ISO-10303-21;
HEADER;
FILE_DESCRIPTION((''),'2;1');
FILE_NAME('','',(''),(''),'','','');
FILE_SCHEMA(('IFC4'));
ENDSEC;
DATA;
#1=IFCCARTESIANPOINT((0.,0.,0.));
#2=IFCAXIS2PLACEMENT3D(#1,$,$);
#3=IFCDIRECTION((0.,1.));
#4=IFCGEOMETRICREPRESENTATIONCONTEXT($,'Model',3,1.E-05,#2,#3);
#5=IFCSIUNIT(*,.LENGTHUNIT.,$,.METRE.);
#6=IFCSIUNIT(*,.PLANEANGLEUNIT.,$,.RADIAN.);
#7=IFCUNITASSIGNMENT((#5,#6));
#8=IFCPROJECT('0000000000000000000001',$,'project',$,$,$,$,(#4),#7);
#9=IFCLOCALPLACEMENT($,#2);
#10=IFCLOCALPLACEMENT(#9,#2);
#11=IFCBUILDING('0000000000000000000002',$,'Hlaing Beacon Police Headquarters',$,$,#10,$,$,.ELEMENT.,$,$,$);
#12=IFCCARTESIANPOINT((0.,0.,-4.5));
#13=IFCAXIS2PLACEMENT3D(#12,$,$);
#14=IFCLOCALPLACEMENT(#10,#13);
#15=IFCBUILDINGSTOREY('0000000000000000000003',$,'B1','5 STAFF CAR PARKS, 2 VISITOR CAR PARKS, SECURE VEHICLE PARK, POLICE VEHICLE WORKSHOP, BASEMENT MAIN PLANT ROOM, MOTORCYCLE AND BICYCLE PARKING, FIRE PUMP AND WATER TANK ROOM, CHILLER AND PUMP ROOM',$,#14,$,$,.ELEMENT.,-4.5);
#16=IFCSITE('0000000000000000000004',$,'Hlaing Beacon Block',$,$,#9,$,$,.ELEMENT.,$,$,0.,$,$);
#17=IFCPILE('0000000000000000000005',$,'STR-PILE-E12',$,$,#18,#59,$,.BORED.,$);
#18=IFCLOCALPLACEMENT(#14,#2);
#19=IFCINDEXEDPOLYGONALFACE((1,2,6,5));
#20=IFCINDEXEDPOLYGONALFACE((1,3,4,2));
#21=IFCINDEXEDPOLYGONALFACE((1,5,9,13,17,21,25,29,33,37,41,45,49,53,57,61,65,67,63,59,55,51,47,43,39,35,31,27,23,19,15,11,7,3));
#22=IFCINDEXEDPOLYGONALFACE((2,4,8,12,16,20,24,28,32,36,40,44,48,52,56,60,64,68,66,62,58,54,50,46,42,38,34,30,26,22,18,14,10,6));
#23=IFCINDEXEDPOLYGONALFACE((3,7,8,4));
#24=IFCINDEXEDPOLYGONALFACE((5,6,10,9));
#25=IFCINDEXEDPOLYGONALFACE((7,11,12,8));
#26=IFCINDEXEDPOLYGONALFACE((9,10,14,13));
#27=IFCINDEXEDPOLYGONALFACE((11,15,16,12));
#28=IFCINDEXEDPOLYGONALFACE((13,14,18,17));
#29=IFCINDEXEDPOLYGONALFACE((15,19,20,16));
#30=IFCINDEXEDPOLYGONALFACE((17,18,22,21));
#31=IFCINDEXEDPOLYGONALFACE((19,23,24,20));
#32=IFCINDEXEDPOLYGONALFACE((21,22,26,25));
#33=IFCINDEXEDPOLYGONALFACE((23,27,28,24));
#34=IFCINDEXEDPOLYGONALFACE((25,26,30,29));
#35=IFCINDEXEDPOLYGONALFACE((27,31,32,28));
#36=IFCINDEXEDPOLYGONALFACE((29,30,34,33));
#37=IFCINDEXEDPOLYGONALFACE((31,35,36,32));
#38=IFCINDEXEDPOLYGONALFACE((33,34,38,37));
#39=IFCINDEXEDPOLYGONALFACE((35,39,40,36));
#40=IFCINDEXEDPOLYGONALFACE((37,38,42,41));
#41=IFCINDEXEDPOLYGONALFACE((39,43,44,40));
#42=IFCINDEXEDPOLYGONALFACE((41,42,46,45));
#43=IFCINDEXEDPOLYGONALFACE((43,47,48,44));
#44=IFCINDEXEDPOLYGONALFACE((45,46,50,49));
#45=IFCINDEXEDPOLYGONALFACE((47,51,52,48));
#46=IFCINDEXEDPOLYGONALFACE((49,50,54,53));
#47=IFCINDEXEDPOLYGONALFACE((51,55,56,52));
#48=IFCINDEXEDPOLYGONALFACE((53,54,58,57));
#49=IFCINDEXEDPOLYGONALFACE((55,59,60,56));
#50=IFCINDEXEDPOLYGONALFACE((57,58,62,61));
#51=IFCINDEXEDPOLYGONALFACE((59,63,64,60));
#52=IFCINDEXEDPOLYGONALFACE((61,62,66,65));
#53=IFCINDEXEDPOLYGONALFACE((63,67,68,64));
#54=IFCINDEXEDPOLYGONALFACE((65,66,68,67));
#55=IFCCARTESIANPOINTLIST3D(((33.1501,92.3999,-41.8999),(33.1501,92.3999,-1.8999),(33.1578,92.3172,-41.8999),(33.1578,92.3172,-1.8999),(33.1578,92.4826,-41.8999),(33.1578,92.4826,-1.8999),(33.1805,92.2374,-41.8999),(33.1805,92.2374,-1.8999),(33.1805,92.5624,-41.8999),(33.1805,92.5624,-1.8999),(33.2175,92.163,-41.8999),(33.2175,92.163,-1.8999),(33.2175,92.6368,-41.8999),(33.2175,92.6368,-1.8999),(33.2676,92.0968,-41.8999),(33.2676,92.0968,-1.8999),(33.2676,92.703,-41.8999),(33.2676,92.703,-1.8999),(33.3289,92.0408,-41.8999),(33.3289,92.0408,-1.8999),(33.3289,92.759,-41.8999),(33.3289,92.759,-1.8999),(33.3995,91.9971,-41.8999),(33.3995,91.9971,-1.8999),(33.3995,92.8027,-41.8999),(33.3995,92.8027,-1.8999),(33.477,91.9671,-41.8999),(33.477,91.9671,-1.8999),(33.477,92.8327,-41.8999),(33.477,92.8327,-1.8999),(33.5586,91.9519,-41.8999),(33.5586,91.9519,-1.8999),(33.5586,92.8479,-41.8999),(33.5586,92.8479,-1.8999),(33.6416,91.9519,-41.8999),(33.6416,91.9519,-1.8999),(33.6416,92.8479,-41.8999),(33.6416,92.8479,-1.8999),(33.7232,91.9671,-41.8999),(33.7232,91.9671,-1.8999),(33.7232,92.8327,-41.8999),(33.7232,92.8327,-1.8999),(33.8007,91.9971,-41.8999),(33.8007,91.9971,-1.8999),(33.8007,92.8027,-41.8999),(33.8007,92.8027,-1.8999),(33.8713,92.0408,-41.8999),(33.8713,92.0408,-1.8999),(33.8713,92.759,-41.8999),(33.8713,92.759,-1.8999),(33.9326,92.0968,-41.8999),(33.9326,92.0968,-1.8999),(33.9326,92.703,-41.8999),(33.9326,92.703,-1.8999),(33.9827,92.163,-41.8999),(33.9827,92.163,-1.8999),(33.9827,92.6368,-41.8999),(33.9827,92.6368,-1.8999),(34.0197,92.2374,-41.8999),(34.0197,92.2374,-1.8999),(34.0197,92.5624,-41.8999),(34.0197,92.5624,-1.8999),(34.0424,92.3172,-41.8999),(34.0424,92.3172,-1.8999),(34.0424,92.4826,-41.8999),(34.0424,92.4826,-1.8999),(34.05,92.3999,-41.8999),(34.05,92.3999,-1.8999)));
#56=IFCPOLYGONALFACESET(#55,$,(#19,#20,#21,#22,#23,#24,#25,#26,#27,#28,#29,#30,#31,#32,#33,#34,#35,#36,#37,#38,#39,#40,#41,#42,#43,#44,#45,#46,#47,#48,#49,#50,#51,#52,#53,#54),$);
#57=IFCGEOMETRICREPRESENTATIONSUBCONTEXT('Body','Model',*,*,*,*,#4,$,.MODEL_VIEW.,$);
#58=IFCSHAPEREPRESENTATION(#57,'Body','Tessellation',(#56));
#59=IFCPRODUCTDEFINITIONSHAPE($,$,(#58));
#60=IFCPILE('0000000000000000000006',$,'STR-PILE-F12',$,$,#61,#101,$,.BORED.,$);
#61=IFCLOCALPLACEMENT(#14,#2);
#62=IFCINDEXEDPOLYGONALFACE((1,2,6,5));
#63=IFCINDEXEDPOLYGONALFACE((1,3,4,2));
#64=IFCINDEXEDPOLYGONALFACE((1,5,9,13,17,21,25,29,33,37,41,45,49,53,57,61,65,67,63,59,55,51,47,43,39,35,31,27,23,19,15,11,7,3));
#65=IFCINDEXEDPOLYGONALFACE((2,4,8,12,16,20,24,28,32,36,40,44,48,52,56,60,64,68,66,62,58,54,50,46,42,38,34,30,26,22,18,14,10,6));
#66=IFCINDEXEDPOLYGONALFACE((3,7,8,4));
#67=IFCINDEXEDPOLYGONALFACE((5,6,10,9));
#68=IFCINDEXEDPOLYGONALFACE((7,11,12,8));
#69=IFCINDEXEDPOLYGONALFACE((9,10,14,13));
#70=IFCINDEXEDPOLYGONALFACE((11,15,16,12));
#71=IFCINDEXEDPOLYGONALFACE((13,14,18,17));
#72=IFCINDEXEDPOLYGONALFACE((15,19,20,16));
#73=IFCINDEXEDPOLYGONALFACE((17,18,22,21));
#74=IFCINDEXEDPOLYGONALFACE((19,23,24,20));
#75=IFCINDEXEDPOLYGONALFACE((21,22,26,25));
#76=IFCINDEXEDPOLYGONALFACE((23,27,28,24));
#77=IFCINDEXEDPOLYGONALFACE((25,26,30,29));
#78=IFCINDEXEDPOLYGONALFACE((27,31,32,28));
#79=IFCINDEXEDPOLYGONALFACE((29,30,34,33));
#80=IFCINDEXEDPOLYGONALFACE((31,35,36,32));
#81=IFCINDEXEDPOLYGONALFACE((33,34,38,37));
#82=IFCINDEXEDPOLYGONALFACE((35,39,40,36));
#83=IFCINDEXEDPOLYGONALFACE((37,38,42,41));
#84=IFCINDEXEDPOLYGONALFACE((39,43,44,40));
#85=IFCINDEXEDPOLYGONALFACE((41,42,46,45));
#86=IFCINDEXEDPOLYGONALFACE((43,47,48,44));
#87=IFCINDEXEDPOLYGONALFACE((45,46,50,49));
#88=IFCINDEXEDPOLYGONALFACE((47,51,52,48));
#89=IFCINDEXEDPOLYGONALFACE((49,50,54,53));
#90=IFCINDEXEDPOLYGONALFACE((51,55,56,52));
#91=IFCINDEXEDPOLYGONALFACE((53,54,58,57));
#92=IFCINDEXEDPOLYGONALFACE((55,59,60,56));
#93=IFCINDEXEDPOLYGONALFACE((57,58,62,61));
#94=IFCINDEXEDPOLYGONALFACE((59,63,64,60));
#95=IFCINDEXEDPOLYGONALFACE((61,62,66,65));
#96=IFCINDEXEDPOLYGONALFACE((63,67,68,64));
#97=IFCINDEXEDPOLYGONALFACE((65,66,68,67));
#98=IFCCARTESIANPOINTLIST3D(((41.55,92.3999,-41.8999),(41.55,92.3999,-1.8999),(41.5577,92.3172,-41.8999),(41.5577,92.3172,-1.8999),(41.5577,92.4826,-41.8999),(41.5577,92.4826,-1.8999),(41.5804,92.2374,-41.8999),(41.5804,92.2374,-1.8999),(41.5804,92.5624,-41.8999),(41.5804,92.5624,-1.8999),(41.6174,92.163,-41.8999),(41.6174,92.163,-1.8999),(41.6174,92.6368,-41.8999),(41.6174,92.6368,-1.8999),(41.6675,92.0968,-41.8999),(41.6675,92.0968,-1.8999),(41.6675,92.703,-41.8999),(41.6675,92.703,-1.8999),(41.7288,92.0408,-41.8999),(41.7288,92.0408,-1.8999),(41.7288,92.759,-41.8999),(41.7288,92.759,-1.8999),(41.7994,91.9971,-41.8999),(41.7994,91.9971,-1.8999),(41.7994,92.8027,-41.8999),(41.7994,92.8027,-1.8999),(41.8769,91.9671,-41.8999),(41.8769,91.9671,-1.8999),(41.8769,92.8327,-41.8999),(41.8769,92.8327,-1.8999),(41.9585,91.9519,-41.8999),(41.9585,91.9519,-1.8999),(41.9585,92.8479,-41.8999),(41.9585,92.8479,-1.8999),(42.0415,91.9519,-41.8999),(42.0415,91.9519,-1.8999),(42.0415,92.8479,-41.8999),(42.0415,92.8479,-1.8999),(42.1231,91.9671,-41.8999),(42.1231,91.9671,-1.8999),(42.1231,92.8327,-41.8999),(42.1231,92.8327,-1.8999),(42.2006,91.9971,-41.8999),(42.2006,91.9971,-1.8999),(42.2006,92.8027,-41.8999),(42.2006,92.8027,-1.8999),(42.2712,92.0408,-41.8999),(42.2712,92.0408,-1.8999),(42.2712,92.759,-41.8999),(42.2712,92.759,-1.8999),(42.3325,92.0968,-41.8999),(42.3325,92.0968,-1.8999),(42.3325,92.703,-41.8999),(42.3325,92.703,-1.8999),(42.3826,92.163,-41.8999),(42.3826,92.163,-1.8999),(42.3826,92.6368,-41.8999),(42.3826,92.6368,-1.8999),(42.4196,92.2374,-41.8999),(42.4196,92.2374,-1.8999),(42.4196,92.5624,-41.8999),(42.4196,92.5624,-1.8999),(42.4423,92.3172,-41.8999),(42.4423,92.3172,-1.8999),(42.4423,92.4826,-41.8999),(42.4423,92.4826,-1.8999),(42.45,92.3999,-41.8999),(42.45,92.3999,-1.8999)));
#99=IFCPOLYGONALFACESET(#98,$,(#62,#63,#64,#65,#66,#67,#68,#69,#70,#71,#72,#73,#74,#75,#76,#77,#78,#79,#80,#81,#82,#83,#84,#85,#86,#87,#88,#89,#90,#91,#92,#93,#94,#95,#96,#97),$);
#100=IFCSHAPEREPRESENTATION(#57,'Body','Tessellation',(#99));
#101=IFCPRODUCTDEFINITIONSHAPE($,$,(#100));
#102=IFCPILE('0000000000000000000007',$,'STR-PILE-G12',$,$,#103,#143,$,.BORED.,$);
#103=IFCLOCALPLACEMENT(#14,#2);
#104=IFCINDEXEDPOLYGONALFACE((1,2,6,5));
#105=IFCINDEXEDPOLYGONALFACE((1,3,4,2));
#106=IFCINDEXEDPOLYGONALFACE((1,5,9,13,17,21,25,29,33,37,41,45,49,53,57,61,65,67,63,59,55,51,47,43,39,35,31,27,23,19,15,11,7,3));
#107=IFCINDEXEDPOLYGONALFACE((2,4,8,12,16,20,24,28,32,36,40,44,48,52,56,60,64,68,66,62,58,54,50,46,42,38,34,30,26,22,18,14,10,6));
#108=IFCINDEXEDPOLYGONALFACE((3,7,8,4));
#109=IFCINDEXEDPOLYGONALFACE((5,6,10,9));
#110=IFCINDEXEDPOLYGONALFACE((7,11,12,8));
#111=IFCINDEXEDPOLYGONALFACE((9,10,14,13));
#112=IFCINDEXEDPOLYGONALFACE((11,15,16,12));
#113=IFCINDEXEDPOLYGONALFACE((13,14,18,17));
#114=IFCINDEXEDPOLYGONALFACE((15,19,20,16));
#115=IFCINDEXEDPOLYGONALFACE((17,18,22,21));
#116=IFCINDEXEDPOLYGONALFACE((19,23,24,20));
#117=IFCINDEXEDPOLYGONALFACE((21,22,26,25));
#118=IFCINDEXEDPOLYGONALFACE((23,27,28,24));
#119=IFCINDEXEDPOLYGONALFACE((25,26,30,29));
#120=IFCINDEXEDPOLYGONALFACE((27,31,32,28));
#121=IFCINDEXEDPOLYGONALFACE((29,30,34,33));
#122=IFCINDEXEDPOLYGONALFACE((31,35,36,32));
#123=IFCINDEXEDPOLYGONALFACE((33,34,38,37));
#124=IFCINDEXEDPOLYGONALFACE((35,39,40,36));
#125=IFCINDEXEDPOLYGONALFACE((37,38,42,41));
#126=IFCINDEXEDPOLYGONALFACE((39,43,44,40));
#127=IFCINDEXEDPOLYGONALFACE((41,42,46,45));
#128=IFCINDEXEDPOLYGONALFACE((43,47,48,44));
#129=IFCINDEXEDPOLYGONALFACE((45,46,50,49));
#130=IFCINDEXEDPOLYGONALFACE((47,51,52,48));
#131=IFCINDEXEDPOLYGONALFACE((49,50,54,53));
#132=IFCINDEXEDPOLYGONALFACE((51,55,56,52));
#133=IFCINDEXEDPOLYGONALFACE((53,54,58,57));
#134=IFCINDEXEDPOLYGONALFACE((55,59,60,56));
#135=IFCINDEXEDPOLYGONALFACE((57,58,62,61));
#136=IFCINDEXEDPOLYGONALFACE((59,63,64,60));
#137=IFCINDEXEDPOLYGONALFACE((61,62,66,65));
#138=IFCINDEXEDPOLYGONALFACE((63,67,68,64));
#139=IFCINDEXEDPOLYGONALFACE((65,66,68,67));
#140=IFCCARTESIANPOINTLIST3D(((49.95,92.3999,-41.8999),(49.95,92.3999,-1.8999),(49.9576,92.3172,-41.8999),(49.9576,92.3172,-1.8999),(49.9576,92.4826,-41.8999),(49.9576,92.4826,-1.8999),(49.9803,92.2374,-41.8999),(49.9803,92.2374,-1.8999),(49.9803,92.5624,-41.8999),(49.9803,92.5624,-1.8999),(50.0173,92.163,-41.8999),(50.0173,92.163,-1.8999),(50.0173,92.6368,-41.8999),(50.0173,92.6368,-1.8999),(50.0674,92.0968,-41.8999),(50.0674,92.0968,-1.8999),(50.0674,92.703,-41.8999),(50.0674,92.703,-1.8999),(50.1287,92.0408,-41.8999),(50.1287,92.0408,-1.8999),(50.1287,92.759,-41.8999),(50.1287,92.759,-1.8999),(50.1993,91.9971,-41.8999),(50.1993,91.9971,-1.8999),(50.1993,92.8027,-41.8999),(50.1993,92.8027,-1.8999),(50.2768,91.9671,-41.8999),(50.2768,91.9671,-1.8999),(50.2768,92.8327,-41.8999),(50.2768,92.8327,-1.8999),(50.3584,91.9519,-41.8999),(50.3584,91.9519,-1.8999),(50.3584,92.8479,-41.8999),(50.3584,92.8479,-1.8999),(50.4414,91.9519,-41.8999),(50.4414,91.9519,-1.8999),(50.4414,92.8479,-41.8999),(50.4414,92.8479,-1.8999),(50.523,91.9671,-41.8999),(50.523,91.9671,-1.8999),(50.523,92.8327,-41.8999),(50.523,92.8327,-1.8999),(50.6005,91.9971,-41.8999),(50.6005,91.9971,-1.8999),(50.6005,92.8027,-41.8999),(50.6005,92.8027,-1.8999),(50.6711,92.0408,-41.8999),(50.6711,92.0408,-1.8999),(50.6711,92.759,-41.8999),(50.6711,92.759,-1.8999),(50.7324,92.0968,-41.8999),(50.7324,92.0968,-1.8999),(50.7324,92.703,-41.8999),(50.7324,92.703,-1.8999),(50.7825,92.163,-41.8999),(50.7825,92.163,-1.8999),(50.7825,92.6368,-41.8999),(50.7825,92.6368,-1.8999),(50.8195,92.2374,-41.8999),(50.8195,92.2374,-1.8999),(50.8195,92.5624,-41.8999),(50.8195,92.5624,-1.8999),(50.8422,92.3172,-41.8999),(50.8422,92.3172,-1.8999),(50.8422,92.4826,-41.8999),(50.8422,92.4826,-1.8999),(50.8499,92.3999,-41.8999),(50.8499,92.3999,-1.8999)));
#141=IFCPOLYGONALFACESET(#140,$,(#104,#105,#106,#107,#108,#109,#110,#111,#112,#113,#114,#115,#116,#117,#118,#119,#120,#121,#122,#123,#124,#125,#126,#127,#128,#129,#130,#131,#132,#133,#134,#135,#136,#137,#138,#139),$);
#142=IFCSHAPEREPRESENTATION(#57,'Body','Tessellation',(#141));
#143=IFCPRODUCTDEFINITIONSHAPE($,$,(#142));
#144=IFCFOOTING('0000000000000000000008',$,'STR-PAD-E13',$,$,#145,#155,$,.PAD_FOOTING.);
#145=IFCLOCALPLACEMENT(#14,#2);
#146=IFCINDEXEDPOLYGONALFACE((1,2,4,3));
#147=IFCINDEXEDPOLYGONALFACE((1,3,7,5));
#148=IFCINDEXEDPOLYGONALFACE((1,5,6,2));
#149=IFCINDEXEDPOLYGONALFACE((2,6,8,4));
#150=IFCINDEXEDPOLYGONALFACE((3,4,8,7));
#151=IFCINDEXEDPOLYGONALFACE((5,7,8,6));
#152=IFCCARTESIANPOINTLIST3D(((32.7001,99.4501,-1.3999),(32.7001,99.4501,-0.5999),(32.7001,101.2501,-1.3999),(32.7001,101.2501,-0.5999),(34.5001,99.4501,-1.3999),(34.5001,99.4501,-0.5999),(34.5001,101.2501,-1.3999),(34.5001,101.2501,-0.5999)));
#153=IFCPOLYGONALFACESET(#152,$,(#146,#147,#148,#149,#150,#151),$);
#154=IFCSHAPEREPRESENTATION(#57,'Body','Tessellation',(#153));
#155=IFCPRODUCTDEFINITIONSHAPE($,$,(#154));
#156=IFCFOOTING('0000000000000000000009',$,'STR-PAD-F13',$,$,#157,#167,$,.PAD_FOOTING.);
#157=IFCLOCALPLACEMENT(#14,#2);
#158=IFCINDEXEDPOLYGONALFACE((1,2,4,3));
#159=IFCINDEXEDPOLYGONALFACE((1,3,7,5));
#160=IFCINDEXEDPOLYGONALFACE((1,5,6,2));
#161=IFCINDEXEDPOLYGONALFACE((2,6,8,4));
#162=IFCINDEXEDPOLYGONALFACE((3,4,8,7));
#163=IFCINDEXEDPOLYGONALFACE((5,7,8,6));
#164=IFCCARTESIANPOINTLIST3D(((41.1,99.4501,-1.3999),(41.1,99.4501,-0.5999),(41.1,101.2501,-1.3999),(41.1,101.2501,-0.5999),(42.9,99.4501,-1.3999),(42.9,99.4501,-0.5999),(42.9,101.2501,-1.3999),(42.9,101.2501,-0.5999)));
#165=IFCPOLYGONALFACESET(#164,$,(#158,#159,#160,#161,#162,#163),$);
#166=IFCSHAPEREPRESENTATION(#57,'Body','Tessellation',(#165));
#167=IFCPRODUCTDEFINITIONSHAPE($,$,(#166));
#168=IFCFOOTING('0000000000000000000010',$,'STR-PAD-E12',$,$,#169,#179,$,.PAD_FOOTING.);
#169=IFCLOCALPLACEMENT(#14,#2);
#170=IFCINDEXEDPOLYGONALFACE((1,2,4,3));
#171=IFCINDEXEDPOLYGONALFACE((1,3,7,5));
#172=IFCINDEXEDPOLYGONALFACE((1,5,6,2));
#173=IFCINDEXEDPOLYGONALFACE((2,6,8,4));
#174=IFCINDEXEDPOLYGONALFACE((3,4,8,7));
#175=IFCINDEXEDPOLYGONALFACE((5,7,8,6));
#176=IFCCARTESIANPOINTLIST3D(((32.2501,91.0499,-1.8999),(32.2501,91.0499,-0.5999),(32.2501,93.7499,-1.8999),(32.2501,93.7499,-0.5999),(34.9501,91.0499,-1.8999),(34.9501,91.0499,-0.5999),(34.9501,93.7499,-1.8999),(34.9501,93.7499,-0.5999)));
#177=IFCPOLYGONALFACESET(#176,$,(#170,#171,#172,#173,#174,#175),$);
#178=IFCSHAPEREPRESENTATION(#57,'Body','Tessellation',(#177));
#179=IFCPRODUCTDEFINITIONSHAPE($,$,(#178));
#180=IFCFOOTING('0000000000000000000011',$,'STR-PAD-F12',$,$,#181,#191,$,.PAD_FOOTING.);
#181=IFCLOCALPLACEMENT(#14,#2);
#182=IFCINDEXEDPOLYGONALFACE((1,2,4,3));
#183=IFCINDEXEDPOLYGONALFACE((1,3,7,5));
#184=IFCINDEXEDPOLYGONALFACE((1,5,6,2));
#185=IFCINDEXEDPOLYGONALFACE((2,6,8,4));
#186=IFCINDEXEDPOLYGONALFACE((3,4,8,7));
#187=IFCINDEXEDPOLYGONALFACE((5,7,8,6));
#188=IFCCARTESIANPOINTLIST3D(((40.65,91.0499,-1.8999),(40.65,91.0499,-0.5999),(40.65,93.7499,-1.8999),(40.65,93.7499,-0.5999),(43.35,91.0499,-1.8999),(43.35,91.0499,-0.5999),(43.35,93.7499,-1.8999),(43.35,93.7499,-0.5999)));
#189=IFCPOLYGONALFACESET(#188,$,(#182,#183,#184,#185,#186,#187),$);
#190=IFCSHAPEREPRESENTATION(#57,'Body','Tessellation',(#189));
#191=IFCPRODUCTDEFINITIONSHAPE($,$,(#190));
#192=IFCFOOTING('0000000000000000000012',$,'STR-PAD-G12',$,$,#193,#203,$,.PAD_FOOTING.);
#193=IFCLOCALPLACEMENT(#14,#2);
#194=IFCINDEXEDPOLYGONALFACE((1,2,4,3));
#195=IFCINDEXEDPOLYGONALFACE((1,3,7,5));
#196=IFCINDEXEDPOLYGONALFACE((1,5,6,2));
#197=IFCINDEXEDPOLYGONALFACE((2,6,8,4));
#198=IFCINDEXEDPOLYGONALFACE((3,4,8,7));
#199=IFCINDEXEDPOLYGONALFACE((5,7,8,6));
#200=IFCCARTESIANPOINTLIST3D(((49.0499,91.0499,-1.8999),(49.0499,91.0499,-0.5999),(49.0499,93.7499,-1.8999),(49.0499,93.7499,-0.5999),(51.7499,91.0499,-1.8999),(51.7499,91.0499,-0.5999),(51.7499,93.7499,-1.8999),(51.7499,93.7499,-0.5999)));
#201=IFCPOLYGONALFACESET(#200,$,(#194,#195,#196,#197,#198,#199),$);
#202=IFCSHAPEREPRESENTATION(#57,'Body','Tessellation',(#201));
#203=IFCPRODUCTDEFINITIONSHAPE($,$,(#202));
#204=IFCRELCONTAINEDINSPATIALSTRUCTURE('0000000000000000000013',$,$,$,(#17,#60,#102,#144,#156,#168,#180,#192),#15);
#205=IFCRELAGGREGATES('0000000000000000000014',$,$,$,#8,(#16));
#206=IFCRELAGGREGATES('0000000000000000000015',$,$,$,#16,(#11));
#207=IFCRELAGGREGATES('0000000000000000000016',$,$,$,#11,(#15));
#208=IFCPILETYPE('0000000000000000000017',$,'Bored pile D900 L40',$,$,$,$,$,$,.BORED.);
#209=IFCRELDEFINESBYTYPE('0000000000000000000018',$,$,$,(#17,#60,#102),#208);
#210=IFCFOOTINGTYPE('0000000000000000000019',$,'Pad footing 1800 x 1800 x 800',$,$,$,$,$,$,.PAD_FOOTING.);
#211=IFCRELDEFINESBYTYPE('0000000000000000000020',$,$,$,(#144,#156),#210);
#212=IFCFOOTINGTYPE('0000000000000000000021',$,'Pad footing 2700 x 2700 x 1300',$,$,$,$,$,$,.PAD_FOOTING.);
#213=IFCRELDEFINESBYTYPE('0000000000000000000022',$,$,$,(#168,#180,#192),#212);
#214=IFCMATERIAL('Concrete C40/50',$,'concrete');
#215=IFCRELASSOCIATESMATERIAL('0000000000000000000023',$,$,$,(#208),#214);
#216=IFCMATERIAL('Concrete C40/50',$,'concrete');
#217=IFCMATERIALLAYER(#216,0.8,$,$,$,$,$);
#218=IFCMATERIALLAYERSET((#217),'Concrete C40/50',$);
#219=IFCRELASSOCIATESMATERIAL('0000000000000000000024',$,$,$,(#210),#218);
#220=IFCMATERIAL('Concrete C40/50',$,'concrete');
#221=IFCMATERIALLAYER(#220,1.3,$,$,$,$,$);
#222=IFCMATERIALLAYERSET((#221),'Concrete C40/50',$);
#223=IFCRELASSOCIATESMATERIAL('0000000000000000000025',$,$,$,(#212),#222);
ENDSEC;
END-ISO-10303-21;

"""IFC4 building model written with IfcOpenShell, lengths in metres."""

from ifc_helpers import new_model, si_unit, direction, frame, origin, origin_2d, place, context, subcontext, project, spatial, rectangle, circle, extrude, material, layer, layer_set, material_profile, profile_set, type_object, element, save


model = new_model("IFC4")

# Units and contexts
model_context = context("Model", 3, precision=1e-05, world=origin(), true_north=direction((0.0, 1.0)))
body_context = subcontext(model_context, "Body", "Model", "MODEL_VIEW")
ifc_project = project(units=[si_unit("LENGTHUNIT", "METRE"), si_unit("PLANEANGLEUNIT", "RADIAN")], contexts=[model_context])

# Site, building, storey
site_placement = place(None, origin())
site = spatial("IfcSite", under=ifc_project, at=site_placement, Name="Hlaing Beacon Block", CompositionType="ELEMENT", RefElevation=0.0)
building_placement = place(site_placement, origin())
building = spatial("IfcBuilding", under=site, at=building_placement, Name="Hlaing Beacon Police Headquarters", CompositionType="ELEMENT")
storey_placement = place(building_placement, frame((0.0, 0.0, -4.5)))
storey = spatial("IfcBuildingStorey", under=building, at=storey_placement, Name="B1", Description="5 STAFF CAR PARKS, 2 VISITOR CAR PARKS, SECURE VEHICLE PARK, POLICE VEHICLE WORKSHOP, BASEMENT MAIN PLANT ROOM, MOTORCYCLE AND BICYCLE PARKING, FIRE PUMP AND WATER TANK ROOM, CHILLER AND PUMP ROOM", CompositionType="ELEMENT", Elevation=-4.5)

# Piles
ifc_material_1 = material(Name="Concrete C40/50", Category="concrete")
ifc_material_profile_1 = material_profile(ifc_material_1, circle(Radius=0.45, at=origin_2d()), Name="D900")
ifc_profile_set_1 = profile_set([ifc_material_profile_1], Name="Concrete C40/50")
pile_type_1 = type_object("IfcPileType", Name="Bored pile D900 L40", PredefinedType="BORED", material=ifc_profile_set_1)
for number, where, z_axis, x_axis, name in (
    (1, (33.6001, 92.3999, -1.8999), (0.0, 0.0, -1.0), (1.0, 0.0, 0.0), "STR-PILE-E12"),
    (2, (42.0, 92.3999, -1.8999), (0.0, 0.0, -1.0), (1.0, 0.0, 0.0), "STR-PILE-F12"),
    (3, (50.3999, 92.3999, -1.8999), (0.0, 0.0, -1.0), (1.0, 0.0, 0.0), "STR-PILE-G12"),
):
    element("IfcPile", number, at=place(storey_placement, frame(where, z_axis=z_axis, x_axis=x_axis)), inside=storey, type_object=pile_type_1, Name=name, PredefinedType="BORED", context=body_context, shape_type="SweptSolid", body=[
        extrude(circle(Radius=0.45, at=origin_2d()), origin(), (0.0, 0.0, 1.0), 40.0),
    ])

# Footings
ifc_material_2 = material(Name="Concrete C40/50", Category="concrete")
ifc_layer_1 = layer(ifc_material_2, 0.8)
ifc_layer_set_1 = layer_set([ifc_layer_1], Name="Concrete C40/50")
footing_type_1 = type_object("IfcFootingType", Name="Pad footing 1800 x 1800 x 800", PredefinedType="PAD_FOOTING", material=ifc_layer_set_1)
for number, where, z_axis, x_axis, name in (
    (4, (33.6001, 100.3501, -1.3999), (0.0, 0.0, 1.0), (1.0, 0.0, 0.0), "STR-PAD-E13"),
    (5, (42.0, 100.3501, -1.3999), (0.0, 0.0, 1.0), (1.0, 0.0, 0.0), "STR-PAD-F13"),
):
    element("IfcFooting", number, at=place(storey_placement, frame(where, z_axis=z_axis, x_axis=x_axis)), inside=storey, type_object=footing_type_1, Name=name, PredefinedType="PAD_FOOTING", context=body_context, shape_type="SweptSolid", body=[
        extrude(rectangle(XDim=1.8, YDim=1.8, at=origin_2d()), origin(), (0.0, 0.0, 1.0), 0.8),
    ])
ifc_material_3 = material(Name="Concrete C40/50", Category="concrete")
ifc_layer_2 = layer(ifc_material_3, 1.3)
ifc_layer_set_2 = layer_set([ifc_layer_2], Name="Concrete C40/50")
footing_type_2 = type_object("IfcFootingType", Name="Pad footing 2700 x 2700 x 1300", PredefinedType="PAD_FOOTING", material=ifc_layer_set_2)
for number, where, z_axis, x_axis, name in (
    (6, (33.6001, 92.3999, -1.8999), (0.0, 0.0, 1.0), (1.0, 0.0, 0.0), "STR-PAD-E12"),
    (7, (42.0, 92.3999, -1.8999), (0.0, 0.0, 1.0), (1.0, 0.0, 0.0), "STR-PAD-F12"),
    (8, (50.3999, 92.3999, -1.8999), (0.0, 0.0, 1.0), (1.0, 0.0, 0.0), "STR-PAD-G12"),
):
    element("IfcFooting", number, at=place(storey_placement, frame(where, z_axis=z_axis, x_axis=x_axis)), inside=storey, type_object=footing_type_2, Name=name, PredefinedType="PAD_FOOTING", context=body_context, shape_type="SweptSolid", body=[
        extrude(rectangle(XDim=2.7, YDim=2.7, at=origin_2d()), origin(), (0.0, 0.0, 1.0), 1.3),
    ])

save(model, "model.ifc")
